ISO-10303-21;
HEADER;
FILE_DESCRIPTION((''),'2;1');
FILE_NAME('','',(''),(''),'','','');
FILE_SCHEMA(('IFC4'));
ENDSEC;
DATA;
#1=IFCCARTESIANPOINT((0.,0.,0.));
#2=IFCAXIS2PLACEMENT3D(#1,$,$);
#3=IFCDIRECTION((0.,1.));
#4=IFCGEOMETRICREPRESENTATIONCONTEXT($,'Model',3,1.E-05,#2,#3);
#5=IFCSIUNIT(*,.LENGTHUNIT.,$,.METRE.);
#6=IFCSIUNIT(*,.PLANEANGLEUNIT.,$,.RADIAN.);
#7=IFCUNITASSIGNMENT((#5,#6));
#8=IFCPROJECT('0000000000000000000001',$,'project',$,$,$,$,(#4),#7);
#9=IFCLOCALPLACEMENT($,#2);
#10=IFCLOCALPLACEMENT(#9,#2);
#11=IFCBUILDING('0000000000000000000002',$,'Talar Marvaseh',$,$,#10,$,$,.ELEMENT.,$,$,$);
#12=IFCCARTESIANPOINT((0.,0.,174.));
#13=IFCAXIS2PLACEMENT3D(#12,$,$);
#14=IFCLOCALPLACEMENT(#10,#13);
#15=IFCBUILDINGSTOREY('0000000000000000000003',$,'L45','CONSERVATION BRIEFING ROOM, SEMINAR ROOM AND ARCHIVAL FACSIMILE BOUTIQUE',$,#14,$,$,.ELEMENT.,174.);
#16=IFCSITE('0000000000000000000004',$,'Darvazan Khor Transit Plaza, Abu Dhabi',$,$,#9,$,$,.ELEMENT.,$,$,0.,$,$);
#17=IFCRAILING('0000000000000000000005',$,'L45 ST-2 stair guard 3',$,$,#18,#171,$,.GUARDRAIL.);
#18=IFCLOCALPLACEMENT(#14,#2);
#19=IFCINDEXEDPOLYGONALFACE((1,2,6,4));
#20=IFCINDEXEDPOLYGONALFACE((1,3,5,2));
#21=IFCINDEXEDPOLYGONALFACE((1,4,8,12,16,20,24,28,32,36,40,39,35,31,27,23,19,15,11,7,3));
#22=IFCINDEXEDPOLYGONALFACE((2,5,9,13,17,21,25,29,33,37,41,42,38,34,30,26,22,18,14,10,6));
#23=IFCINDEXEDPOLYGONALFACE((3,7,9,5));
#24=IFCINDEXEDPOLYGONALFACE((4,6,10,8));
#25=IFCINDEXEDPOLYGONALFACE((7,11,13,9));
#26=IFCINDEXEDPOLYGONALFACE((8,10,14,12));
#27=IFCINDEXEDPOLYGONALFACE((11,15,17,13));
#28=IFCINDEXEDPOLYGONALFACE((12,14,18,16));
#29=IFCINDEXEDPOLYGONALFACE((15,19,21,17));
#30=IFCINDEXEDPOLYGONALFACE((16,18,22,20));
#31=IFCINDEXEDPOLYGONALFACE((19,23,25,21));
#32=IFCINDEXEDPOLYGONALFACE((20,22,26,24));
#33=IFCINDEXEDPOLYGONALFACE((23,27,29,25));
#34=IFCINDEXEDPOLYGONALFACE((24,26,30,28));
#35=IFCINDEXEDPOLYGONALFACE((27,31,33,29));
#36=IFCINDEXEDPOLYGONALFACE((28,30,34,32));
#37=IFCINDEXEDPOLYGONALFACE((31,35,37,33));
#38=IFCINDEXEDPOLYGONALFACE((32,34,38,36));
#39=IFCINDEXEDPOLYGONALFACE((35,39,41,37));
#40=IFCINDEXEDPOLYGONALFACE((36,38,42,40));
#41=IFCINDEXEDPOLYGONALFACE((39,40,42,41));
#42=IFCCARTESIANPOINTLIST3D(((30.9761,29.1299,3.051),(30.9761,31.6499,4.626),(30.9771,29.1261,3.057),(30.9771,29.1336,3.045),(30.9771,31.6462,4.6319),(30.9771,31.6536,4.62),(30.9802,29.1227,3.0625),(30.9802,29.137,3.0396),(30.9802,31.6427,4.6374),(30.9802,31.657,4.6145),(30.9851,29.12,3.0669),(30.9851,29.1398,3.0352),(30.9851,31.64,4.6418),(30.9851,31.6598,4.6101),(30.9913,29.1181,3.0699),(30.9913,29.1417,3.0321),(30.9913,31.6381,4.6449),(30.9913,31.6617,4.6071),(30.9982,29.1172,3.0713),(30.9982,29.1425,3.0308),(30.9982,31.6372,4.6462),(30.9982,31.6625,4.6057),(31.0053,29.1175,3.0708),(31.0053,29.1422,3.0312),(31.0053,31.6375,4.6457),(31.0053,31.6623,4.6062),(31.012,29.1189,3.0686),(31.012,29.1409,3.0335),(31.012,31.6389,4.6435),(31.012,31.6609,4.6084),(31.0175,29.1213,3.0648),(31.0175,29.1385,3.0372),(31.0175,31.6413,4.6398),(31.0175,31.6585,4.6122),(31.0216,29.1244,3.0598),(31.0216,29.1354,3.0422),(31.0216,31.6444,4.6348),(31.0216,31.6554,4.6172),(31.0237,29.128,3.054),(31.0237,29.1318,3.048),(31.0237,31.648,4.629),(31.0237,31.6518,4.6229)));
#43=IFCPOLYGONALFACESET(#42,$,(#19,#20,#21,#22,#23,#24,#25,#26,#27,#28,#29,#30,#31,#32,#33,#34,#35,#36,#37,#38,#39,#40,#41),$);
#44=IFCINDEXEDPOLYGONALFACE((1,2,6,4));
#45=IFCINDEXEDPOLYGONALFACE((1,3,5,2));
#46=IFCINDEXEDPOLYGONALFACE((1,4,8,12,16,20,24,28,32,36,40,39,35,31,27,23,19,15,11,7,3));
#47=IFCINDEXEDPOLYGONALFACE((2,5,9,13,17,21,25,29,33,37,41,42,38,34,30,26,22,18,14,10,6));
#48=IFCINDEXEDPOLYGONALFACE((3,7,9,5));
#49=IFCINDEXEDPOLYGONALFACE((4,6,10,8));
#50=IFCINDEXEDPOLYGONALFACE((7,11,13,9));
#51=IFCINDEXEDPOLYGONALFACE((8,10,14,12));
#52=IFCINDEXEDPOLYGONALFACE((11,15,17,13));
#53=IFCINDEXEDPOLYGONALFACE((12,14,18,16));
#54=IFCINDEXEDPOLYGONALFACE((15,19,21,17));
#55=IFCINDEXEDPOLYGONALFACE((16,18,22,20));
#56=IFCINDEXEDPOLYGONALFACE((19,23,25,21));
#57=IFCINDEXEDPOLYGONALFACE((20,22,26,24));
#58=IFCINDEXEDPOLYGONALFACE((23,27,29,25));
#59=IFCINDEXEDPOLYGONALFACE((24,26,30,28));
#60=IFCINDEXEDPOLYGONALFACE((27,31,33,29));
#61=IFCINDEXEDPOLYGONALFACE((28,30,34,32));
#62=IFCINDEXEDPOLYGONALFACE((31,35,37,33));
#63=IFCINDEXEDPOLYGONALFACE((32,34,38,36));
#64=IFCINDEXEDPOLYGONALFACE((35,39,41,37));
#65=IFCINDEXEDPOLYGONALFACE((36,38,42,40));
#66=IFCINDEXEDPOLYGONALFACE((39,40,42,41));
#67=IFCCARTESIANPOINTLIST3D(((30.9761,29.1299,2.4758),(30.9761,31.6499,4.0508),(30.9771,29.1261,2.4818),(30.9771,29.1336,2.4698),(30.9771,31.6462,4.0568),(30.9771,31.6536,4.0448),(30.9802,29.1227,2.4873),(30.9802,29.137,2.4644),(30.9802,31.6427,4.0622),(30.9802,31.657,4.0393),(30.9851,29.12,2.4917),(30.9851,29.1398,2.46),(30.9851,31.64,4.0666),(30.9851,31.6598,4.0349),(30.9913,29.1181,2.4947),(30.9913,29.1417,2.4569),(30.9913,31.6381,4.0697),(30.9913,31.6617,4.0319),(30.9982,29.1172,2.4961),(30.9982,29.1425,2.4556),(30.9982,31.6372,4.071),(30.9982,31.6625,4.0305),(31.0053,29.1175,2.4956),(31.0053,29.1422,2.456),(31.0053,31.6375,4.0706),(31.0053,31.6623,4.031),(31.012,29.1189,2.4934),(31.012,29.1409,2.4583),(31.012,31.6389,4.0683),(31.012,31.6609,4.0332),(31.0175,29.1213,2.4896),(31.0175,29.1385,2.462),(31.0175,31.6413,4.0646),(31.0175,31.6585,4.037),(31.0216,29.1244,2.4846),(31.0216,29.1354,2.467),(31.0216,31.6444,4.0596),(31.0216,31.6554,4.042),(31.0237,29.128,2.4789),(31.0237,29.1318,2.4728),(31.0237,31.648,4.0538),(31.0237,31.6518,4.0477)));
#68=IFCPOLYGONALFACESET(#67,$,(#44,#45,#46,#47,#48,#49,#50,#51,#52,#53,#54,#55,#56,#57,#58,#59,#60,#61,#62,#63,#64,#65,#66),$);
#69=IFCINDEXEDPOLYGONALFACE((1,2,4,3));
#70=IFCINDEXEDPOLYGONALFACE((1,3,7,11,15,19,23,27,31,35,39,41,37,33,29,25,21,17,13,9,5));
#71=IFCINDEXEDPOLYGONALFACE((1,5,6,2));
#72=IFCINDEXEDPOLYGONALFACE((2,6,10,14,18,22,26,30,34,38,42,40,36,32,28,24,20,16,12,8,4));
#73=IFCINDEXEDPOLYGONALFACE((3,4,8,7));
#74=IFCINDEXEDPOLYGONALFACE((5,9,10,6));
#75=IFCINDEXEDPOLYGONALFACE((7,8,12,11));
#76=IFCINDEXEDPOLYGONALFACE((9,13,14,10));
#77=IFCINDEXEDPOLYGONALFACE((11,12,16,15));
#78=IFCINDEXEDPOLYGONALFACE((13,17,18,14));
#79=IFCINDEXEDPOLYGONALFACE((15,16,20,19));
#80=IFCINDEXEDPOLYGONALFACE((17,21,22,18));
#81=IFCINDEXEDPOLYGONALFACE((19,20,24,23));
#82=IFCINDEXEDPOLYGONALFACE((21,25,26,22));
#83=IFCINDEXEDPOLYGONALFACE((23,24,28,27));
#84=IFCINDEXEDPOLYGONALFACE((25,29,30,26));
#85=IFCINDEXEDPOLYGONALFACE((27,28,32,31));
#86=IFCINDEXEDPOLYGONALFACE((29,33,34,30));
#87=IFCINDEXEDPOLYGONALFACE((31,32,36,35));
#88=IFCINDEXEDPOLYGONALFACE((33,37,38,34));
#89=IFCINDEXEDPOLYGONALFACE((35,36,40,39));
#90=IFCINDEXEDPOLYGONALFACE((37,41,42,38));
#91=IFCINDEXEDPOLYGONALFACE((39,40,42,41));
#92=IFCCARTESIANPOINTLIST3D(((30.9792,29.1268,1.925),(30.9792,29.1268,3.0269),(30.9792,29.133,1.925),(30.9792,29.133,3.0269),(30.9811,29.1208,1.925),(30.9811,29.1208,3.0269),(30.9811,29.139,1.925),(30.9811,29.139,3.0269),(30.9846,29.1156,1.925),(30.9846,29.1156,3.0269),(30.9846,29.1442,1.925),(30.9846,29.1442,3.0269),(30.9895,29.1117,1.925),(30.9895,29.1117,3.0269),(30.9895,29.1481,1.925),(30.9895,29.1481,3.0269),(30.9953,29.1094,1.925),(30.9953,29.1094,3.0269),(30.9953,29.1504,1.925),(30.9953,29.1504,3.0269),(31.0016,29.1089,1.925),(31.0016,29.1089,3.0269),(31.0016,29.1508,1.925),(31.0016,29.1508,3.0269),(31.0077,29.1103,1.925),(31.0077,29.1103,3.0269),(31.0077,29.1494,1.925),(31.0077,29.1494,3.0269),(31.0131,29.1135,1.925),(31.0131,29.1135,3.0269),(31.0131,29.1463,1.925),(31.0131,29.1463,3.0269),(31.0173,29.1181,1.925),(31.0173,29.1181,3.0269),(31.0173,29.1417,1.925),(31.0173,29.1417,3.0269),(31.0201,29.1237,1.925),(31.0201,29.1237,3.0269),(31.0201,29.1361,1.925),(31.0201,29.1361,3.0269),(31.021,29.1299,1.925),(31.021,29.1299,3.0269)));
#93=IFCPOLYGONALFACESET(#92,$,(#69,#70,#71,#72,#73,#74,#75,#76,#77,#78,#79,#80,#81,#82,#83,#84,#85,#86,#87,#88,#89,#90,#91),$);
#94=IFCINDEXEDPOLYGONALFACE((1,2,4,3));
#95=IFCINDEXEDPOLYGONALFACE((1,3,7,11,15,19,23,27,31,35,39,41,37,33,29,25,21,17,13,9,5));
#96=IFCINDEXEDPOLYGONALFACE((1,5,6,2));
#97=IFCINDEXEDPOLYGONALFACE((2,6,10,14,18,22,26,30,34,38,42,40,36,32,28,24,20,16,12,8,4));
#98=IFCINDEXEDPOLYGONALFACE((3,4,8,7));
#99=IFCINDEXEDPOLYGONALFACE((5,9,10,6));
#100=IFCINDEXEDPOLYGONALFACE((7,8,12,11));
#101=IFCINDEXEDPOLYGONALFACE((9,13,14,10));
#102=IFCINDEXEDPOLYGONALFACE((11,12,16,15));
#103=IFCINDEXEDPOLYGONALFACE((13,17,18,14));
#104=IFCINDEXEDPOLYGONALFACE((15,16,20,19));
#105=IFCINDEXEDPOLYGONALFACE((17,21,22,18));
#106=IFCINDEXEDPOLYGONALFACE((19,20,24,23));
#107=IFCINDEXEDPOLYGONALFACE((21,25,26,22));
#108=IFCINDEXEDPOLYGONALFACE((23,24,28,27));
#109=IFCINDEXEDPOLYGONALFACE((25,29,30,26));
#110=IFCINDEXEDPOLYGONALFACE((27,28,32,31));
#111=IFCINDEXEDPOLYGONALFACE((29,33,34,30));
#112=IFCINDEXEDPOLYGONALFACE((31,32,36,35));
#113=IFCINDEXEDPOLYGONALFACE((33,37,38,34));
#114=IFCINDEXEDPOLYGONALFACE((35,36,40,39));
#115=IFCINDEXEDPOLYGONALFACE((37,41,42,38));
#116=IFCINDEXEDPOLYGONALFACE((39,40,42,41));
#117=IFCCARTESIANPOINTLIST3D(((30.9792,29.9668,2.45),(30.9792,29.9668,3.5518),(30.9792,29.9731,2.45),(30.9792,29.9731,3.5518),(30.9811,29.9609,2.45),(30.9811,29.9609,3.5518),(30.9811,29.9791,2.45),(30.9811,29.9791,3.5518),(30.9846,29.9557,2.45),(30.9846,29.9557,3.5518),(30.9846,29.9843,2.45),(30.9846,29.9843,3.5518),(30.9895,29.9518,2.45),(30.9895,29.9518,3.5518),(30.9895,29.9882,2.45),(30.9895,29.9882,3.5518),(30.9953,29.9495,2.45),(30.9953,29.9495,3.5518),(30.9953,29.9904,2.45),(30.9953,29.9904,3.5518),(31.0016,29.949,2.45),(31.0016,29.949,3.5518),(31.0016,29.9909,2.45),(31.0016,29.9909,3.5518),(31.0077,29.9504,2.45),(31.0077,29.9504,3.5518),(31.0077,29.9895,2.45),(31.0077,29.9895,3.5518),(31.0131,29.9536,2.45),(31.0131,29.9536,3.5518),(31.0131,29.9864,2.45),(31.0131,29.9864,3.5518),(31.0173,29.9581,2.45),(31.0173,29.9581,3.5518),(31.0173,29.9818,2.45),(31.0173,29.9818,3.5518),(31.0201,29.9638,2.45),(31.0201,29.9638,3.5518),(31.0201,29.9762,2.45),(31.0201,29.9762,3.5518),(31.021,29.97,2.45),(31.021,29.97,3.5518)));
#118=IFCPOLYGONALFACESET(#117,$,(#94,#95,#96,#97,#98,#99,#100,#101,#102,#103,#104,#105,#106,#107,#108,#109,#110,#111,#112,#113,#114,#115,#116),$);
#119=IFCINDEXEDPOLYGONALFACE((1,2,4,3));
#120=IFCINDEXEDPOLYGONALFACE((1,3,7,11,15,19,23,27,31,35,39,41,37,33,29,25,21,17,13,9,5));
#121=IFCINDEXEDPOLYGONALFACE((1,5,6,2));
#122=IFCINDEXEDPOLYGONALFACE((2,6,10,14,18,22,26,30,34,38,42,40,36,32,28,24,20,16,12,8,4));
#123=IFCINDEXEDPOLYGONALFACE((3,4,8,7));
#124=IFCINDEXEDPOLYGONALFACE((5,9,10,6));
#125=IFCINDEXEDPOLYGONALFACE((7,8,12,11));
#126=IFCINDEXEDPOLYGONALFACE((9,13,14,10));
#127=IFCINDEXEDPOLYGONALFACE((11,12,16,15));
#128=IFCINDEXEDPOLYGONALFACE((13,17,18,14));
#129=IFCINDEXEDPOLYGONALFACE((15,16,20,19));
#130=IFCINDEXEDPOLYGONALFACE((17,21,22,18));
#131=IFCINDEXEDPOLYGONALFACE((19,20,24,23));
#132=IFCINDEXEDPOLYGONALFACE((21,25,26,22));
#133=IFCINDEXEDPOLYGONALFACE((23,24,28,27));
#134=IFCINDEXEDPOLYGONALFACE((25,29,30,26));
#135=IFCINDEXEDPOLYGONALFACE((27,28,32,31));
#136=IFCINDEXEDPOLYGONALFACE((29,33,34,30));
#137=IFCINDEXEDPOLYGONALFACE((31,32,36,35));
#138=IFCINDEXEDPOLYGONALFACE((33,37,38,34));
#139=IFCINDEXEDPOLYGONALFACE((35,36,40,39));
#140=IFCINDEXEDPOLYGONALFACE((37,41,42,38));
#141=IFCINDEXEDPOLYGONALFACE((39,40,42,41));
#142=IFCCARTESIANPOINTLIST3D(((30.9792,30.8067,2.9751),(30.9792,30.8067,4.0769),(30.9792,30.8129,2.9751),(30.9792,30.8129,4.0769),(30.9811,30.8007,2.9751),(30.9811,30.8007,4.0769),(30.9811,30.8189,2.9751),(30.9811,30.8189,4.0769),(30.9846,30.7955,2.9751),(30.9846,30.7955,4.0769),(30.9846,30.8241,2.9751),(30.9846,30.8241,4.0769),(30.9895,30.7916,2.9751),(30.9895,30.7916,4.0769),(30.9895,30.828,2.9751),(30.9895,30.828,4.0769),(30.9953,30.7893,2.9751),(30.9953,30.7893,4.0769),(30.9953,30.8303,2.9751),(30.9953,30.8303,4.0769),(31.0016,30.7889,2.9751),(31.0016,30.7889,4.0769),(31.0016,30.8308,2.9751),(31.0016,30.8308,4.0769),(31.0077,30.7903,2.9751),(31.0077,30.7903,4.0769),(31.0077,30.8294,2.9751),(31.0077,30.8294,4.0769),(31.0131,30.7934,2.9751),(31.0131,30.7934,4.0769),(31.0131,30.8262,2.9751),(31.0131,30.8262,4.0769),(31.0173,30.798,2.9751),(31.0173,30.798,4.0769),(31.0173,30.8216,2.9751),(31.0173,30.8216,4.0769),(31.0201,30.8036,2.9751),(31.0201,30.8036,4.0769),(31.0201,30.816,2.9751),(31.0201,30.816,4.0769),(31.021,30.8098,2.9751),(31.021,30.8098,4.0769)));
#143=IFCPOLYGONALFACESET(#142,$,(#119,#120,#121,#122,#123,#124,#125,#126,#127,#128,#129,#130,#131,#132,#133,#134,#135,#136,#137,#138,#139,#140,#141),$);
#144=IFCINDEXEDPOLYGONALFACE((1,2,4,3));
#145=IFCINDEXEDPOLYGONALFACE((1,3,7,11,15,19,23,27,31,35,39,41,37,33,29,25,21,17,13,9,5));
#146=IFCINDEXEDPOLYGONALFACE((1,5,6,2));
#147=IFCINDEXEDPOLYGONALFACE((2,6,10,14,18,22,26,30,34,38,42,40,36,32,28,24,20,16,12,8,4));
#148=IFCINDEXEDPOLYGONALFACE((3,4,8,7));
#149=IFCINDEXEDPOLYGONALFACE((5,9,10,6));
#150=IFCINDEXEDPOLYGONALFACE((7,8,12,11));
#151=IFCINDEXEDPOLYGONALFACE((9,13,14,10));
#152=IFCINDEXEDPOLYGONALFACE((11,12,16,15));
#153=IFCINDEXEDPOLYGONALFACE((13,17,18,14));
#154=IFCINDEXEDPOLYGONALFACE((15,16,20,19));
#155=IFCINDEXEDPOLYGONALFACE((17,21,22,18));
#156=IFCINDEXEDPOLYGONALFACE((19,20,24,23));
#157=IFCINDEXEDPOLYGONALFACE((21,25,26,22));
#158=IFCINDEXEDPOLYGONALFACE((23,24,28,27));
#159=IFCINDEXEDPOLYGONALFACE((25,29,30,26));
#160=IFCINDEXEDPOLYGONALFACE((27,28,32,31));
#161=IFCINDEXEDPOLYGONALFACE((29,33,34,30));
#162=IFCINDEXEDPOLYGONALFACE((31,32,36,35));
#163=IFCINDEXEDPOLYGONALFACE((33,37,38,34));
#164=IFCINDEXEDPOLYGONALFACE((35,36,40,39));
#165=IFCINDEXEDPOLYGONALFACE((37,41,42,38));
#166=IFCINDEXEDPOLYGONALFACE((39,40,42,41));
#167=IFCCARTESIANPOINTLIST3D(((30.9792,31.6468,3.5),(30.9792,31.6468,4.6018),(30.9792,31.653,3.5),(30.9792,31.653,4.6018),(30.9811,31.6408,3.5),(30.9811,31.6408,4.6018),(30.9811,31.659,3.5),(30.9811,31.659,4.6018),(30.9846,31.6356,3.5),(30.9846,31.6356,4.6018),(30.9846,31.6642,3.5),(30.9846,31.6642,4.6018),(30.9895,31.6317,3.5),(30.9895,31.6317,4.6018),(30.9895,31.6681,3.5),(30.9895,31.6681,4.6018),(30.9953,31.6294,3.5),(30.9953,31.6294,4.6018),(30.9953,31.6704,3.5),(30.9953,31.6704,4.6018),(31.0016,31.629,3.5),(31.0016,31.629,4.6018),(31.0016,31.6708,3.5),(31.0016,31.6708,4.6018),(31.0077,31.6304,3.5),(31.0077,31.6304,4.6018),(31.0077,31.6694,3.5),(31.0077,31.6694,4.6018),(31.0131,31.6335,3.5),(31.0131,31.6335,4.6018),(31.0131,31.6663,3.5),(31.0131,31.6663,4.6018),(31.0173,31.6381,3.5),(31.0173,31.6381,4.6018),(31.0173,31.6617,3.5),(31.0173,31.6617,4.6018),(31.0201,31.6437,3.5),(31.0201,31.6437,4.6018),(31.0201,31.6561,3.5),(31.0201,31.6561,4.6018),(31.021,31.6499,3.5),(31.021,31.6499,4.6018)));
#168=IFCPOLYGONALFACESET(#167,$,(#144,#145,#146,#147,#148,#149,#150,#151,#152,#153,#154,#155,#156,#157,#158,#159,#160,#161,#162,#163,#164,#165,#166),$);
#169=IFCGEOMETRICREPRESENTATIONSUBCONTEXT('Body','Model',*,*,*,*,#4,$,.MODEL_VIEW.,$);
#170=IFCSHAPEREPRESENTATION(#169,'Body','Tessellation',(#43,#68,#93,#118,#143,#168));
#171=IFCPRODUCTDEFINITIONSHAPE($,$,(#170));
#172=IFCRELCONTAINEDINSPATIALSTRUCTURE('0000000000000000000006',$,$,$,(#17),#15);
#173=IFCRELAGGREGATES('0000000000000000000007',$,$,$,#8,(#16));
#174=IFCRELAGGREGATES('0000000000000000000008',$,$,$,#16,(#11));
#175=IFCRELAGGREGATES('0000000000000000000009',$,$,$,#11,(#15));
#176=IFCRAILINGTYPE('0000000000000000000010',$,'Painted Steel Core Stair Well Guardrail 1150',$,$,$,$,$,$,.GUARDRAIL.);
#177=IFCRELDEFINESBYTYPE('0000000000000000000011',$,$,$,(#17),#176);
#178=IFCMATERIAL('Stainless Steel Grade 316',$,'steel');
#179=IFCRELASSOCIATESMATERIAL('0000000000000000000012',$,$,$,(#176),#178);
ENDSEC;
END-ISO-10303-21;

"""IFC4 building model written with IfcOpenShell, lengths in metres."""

from ifc_helpers import new_model, si_unit, direction, frame, origin, origin_2d, place, context, subcontext, project, spatial, circle, extrude, material, type_object, element, save


model = new_model("IFC4")

# Units and contexts
model_context = context("Model", 3, precision=1e-05, world=origin(), true_north=direction((0.0, 1.0)))
body_context = subcontext(model_context, "Body", "Model", "MODEL_VIEW")
ifc_project = project(units=[si_unit("LENGTHUNIT", "METRE"), si_unit("PLANEANGLEUNIT", "RADIAN")], contexts=[model_context])

# Site, building, storey
site_placement = place(None, origin())
site = spatial("IfcSite", under=ifc_project, at=site_placement, Name="Darvazan Khor Transit Plaza, Abu Dhabi", CompositionType="ELEMENT", RefElevation=0.0)
building_placement = place(site_placement, origin())
building = spatial("IfcBuilding", under=site, at=building_placement, Name="Talar Marvaseh", CompositionType="ELEMENT")
storey_placement = place(building_placement, frame((0.0, 0.0, 174.0)))
storey = spatial("IfcBuildingStorey", under=building, at=storey_placement, Name="L45", Description="CONSERVATION BRIEFING ROOM, SEMINAR ROOM AND ARCHIVAL FACSIMILE BOUTIQUE", CompositionType="ELEMENT", Elevation=174.0)

# Shared definitions
ifc_material_1 = material(Name="Stainless Steel Grade 316", Category="steel")

# Railing
railing_type_1 = type_object("IfcRailingType", Name="Painted Steel Core Stair Well Guardrail 1150", PredefinedType="GUARDRAIL", material=ifc_material_1)
railing_1_placement = place(storey_placement, frame((31.0, 29.1299, 1.925)))
element("IfcRailing", 1, at=railing_1_placement, inside=storey, type_object=railing_type_1, Name="L45 ST-2 stair guard 3", PredefinedType="GUARDRAIL", context=body_context, shape_type="SweptSolid", body=[
    extrude(circle(Radius=0.0239, at=origin_2d()), frame((0.0, 0.0, 1.126), z_axis=(0.0, 0.848008, 0.529984), x_axis=(-1.0, 0.0, 0.0)), (0.0, 0.0, 1.0), 2.9717),
    extrude(circle(Radius=0.0239, at=origin_2d()), frame((0.0, 0.0, 0.5508), z_axis=(0.0, 0.848008, 0.529984), x_axis=(-1.0, 0.0, 0.0)), (0.0, 0.0, 1.0), 2.9717),
    extrude(circle(Radius=0.021, at=origin_2d()), origin(), (0.0, 0.0, 1.0), 1.1018),
    extrude(circle(Radius=0.021, at=origin_2d()), frame((0.0, 0.8401, 0.5249)), (0.0, 0.0, 1.0), 1.1018),
    extrude(circle(Radius=0.021, at=origin_2d()), frame((0.0, 1.6799, 1.05)), (0.0, 0.0, 1.0), 1.1018),
    extrude(circle(Radius=0.021, at=origin_2d()), frame((0.0, 2.52, 1.575)), (0.0, 0.0, 1.0), 1.1018),
])

save(model, "model.ifc")
